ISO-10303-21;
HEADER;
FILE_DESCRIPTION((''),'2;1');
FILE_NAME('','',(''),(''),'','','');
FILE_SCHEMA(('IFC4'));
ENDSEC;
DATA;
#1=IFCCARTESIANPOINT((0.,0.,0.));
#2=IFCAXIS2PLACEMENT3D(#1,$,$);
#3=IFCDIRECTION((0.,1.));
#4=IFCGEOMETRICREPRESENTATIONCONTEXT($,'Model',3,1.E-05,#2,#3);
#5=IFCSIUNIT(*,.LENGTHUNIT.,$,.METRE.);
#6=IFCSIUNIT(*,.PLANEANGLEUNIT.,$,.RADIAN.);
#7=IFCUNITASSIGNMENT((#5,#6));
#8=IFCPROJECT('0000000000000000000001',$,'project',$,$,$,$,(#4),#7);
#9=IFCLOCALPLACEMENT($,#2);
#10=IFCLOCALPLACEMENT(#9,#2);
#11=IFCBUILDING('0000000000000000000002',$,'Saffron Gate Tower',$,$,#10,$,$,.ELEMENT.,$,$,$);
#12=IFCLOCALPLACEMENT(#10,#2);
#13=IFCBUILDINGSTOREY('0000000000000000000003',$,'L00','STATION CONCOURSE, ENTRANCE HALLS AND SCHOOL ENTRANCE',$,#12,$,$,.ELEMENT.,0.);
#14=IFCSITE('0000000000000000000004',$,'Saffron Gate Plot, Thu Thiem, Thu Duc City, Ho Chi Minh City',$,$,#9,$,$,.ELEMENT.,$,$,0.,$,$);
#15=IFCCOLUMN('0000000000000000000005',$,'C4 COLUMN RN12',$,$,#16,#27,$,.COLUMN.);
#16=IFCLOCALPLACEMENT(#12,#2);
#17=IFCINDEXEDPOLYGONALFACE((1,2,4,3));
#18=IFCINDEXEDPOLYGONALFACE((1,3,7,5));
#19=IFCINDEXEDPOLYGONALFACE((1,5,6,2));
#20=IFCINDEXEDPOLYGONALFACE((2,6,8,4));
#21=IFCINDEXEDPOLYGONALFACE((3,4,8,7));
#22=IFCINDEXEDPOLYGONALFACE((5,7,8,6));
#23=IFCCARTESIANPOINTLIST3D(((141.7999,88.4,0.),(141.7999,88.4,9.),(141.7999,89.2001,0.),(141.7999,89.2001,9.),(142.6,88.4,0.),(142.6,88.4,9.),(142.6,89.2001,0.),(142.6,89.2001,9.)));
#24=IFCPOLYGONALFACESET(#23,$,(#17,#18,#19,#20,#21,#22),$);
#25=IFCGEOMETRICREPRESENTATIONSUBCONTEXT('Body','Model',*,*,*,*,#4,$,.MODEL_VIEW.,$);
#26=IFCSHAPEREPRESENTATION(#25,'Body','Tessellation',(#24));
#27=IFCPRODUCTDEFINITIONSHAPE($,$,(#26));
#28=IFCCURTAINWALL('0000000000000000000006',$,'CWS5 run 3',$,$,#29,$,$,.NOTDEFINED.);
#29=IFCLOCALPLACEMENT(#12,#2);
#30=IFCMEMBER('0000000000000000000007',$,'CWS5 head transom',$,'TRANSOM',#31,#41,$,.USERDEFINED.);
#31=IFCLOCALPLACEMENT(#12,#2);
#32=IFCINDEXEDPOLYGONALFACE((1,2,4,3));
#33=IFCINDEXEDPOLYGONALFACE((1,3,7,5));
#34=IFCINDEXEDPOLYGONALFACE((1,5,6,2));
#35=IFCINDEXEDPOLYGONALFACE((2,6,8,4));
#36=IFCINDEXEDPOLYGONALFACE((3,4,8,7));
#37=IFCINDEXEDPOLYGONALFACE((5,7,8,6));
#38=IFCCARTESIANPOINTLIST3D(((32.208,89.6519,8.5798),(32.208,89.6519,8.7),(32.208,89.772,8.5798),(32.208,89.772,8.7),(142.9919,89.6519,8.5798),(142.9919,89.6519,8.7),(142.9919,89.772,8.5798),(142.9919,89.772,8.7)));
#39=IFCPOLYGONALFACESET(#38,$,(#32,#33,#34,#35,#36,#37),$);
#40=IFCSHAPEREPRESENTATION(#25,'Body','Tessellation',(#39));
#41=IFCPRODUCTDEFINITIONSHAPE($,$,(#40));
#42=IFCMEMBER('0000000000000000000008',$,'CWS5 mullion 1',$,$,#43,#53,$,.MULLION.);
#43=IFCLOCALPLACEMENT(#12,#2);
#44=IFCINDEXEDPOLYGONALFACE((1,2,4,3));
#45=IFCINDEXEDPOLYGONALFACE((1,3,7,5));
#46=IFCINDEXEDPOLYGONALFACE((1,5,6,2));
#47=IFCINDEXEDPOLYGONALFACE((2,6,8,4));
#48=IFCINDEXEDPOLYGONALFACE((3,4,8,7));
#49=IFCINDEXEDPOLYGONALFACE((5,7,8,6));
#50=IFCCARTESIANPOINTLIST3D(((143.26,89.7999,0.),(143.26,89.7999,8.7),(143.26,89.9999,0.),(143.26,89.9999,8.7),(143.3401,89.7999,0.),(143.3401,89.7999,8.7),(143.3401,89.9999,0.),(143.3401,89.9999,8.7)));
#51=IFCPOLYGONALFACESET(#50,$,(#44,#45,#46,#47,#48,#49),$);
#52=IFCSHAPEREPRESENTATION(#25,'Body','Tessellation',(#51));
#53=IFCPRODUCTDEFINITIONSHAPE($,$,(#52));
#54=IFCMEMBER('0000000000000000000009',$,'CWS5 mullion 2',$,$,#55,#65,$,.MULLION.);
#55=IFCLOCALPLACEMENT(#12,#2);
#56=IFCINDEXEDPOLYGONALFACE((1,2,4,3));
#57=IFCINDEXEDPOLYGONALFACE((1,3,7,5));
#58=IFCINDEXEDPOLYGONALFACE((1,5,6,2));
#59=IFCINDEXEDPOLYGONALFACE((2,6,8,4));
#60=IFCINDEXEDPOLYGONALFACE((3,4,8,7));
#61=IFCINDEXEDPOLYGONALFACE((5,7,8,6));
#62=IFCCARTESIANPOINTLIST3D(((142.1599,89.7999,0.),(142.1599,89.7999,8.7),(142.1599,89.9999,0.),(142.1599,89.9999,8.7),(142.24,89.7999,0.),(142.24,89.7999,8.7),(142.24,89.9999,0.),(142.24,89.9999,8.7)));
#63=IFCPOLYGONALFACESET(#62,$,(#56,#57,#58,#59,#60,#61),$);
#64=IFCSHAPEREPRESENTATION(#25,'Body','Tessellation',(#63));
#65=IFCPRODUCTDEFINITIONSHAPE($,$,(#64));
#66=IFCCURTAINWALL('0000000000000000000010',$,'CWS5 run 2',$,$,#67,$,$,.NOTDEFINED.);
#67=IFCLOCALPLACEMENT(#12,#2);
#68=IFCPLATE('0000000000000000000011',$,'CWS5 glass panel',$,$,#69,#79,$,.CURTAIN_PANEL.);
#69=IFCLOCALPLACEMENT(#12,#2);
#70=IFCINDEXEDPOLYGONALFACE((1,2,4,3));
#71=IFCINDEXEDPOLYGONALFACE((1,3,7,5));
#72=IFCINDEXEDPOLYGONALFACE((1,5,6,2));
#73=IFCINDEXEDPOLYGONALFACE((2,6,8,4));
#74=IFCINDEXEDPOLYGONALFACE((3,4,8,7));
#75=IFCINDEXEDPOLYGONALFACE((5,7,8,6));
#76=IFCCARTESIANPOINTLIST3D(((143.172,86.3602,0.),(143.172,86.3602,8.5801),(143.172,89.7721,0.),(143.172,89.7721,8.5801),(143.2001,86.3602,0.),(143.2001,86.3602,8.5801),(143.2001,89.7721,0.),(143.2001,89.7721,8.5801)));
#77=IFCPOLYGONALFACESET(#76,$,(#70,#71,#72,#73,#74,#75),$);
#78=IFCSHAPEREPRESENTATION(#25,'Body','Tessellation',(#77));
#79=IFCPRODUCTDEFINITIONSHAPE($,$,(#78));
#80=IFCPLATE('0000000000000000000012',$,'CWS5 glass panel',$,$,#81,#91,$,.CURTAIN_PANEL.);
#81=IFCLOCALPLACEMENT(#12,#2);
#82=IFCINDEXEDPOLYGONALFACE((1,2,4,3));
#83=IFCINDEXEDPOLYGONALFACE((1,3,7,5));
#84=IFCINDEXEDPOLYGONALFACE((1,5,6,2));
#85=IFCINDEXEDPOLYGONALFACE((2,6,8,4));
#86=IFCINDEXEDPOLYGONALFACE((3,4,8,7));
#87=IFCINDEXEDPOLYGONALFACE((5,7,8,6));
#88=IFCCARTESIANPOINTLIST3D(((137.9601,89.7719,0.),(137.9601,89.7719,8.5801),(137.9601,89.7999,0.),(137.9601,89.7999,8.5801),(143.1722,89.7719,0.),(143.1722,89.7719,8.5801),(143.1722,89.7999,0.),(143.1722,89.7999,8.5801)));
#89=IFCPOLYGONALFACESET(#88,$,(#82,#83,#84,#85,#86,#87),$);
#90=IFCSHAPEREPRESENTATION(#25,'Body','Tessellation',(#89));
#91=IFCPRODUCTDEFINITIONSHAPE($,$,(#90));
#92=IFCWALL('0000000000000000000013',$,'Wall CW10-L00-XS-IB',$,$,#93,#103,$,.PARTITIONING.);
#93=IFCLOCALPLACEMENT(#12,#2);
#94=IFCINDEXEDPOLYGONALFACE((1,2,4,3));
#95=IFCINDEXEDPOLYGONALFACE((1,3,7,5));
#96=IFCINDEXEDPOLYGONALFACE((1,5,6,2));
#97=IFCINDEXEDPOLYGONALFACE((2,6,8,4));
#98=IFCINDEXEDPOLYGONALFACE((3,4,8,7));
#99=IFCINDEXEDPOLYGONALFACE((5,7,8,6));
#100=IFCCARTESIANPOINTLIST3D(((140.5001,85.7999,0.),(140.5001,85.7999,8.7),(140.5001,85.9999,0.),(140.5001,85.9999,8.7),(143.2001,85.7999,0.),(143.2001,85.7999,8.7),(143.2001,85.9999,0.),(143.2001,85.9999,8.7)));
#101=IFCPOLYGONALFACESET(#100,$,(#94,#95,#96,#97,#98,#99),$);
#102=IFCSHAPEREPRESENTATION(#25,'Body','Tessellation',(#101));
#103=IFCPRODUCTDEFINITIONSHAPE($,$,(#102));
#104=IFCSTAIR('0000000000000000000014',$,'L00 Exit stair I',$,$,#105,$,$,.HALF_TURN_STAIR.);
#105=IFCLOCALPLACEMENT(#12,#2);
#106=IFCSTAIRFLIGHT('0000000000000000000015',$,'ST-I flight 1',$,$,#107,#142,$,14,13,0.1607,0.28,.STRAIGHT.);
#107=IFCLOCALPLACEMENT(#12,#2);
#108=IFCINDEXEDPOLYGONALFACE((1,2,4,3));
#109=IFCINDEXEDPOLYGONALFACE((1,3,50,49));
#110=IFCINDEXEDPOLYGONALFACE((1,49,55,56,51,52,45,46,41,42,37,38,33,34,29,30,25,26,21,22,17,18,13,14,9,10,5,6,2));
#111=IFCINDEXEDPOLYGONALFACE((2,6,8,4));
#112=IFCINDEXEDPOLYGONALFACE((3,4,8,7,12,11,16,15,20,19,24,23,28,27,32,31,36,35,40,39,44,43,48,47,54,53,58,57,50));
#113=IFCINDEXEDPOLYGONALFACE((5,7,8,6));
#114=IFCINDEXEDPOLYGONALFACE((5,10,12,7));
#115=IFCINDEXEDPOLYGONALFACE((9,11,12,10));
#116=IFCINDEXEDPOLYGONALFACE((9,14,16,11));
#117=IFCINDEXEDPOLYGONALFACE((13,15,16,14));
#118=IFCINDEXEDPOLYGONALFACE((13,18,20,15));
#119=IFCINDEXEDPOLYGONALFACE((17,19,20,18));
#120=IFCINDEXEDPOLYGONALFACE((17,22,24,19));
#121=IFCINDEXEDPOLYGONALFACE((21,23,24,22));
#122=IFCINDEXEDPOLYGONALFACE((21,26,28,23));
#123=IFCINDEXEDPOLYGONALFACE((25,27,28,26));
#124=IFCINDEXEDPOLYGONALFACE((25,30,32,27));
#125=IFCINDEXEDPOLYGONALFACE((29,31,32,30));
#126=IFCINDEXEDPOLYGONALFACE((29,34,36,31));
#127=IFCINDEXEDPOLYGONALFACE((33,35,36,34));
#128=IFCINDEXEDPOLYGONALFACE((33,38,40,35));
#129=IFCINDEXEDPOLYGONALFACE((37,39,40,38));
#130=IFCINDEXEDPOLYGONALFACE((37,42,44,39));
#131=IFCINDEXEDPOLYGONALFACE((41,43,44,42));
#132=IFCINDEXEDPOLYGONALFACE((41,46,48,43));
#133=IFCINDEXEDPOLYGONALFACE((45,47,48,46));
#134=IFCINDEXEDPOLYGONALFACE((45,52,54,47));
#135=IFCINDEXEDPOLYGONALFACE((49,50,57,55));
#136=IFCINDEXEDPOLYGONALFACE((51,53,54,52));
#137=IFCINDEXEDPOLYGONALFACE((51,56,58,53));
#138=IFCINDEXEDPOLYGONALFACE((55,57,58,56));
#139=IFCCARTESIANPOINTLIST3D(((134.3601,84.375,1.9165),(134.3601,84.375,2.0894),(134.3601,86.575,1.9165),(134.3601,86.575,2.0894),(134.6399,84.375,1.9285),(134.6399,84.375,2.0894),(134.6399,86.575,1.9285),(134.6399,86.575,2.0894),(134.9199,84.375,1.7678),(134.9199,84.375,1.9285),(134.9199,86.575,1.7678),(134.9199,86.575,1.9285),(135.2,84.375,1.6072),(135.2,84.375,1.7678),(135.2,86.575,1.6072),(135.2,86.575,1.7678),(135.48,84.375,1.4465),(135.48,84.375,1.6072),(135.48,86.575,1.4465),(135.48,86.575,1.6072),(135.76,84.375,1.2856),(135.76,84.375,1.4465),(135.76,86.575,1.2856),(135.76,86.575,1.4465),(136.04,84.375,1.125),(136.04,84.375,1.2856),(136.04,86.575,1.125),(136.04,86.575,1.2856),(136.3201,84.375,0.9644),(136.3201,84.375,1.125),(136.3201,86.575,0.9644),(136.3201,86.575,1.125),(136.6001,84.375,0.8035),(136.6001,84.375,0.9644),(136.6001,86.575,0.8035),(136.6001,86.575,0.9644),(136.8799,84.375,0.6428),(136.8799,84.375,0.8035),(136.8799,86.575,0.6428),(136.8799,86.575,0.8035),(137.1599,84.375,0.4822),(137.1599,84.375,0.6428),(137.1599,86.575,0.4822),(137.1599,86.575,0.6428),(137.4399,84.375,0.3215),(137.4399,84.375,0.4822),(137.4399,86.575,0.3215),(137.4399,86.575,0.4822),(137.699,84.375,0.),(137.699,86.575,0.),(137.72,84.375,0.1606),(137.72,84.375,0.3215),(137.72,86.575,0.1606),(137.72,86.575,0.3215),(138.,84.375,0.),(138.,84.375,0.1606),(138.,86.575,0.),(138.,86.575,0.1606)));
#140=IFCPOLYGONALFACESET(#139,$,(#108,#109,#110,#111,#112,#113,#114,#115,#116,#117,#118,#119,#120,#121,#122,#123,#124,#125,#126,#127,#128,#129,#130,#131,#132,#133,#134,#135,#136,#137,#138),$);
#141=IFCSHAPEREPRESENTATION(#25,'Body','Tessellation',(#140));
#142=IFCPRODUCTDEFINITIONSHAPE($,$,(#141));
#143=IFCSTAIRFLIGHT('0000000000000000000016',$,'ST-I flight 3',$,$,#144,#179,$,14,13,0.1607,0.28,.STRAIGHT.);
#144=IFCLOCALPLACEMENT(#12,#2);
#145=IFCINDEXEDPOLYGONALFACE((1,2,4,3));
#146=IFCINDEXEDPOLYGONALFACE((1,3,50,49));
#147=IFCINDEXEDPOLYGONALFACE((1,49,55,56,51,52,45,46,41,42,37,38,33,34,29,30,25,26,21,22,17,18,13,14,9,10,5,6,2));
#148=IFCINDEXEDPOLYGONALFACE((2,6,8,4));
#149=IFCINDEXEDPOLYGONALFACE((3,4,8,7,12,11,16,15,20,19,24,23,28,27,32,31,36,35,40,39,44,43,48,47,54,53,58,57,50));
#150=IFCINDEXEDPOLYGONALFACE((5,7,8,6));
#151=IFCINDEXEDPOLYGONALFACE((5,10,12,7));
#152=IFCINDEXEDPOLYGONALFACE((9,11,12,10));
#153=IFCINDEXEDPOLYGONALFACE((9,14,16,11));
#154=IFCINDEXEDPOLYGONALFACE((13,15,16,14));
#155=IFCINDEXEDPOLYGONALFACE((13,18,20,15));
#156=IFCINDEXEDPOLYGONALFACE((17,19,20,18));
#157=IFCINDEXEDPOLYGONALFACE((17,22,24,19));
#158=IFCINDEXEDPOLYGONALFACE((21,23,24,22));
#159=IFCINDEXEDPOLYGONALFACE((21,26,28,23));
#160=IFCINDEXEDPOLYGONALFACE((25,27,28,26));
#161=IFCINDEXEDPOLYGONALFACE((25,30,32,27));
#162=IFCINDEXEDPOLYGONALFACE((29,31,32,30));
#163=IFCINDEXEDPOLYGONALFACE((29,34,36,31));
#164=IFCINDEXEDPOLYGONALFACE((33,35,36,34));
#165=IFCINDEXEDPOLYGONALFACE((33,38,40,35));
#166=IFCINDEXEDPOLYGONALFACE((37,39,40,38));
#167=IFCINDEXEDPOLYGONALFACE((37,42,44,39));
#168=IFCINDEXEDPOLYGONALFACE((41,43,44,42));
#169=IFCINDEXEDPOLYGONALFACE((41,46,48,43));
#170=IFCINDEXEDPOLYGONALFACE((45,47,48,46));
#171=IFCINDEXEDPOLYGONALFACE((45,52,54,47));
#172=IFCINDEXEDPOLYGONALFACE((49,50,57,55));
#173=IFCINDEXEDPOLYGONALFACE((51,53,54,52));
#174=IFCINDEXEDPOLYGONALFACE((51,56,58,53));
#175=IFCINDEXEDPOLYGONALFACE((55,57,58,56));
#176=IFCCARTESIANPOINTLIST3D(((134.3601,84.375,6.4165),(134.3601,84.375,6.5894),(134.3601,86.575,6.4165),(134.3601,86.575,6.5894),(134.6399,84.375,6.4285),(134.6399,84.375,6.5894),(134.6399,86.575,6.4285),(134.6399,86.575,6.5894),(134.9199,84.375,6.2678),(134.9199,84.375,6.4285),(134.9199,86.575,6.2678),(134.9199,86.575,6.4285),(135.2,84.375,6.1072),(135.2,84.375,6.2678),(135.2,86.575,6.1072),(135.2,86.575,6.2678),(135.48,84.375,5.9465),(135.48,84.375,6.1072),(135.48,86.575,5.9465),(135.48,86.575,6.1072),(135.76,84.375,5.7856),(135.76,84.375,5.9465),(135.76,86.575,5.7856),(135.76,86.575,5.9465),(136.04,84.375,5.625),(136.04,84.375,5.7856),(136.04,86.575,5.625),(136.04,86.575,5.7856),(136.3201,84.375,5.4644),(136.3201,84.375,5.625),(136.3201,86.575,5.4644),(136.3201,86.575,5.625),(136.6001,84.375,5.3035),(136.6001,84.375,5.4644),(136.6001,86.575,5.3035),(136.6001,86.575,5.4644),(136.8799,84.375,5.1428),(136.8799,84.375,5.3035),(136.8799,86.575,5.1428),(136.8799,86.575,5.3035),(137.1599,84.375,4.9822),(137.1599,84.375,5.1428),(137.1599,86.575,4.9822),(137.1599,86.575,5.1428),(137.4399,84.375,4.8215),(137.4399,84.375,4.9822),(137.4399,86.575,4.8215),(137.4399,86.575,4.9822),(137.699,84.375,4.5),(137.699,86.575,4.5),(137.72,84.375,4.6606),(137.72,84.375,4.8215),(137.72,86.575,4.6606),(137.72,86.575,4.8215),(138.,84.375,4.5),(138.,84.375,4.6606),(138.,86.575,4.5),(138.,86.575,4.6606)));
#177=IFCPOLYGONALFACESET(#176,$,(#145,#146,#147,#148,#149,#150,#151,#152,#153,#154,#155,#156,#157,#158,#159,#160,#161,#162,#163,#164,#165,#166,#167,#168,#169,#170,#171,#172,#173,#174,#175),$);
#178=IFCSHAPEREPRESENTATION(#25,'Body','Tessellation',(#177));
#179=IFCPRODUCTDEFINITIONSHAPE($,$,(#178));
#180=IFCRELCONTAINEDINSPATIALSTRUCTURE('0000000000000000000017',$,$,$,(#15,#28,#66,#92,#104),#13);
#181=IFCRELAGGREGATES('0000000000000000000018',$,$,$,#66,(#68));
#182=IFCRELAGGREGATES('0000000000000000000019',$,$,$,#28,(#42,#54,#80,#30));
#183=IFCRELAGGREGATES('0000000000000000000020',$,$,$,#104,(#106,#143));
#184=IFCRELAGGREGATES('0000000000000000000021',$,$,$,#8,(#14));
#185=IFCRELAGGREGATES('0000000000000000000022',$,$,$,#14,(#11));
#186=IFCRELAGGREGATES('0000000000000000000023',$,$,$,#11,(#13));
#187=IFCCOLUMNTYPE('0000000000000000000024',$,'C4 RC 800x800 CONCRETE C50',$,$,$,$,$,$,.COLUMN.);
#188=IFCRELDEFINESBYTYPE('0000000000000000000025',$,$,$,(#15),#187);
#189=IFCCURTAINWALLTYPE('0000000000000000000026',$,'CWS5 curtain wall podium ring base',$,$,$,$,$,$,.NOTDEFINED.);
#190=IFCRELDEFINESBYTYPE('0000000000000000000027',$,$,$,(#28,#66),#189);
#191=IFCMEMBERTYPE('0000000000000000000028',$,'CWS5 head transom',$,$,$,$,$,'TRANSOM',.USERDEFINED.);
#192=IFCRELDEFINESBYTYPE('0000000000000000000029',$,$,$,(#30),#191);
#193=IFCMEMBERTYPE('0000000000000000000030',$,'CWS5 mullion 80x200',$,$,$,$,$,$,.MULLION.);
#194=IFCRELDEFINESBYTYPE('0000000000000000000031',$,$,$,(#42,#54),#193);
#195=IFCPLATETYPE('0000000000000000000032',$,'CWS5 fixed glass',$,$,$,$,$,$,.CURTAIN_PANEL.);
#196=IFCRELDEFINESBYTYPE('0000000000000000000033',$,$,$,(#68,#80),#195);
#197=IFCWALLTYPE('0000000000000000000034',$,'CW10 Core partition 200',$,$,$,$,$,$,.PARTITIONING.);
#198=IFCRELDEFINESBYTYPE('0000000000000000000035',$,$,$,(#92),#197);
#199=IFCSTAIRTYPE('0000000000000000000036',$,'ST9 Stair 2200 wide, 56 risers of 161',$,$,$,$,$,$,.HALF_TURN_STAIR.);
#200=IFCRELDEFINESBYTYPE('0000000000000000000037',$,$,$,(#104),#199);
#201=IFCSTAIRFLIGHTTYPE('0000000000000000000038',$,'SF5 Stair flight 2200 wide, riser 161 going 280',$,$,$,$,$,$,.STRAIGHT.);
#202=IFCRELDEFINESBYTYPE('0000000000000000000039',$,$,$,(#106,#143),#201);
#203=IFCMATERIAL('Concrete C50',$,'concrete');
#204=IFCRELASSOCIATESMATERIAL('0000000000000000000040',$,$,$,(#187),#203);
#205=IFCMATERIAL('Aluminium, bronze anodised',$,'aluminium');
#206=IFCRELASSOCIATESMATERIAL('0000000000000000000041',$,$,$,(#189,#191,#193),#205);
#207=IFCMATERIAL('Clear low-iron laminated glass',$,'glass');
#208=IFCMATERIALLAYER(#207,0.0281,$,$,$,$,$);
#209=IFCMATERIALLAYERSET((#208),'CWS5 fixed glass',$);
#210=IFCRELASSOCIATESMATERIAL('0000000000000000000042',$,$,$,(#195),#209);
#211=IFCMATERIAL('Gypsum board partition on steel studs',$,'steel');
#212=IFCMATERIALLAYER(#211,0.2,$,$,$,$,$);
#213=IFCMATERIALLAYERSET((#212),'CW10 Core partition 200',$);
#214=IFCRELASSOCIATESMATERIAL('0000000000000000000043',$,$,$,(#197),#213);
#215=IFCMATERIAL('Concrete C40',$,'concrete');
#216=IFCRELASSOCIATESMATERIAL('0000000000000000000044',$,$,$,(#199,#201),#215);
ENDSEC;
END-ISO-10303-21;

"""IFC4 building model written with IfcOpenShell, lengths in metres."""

from ifc_helpers import new_model, si_unit, direction, frame, frame_2d, origin, origin_2d, place, context, subcontext, project, spatial, polyline, rectangle, outline, extrude, material, layer, layer_set, material_profile, profile_set, type_object, element, aggregate, save


model = new_model("IFC4")

# Units and contexts
model_context = context("Model", 3, precision=1e-05, world=origin(), true_north=direction((0.0, 1.0)))
body_context = subcontext(model_context, "Body", "Model", "MODEL_VIEW")
ifc_project = project(units=[si_unit("LENGTHUNIT", "METRE"), si_unit("PLANEANGLEUNIT", "RADIAN")], contexts=[model_context])

# Site, building, storey
site_placement = place(None, origin())
site = spatial("IfcSite", under=ifc_project, at=site_placement, Name="Saffron Gate Plot, Thu Thiem, Thu Duc City, Ho Chi Minh City", CompositionType="ELEMENT", RefElevation=0.0)
building_placement = place(site_placement, origin())
building = spatial("IfcBuilding", under=site, at=building_placement, Name="Saffron Gate Tower", CompositionType="ELEMENT")
storey_placement = place(building_placement, origin())
storey = spatial("IfcBuildingStorey", under=building, at=storey_placement, Name="L00", Description="STATION CONCOURSE, ENTRANCE HALLS AND SCHOOL ENTRANCE", CompositionType="ELEMENT", Elevation=0.0)

# Column
ifc_material_1 = material(Name="Concrete C50", Category="concrete")
ifc_material_profile_1 = material_profile(ifc_material_1, rectangle(XDim=0.8, YDim=0.8, at=origin_2d()))
ifc_profile_set_1 = profile_set([ifc_material_profile_1], Name="Concrete C50")
column_type = type_object("IfcColumnType", Name="C4 RC 800x800 CONCRETE C50", PredefinedType="COLUMN", material=ifc_profile_set_1)
column_placement = place(storey_placement, frame((142.2, 88.8, 0.0), z_axis=(0.0, 0.0, 1.0), x_axis=(1.0, 0.0, 0.0)))
element("IfcColumn", 1, at=column_placement, inside=storey, type_object=column_type, Name="C4 COLUMN RN12", PredefinedType="COLUMN", context=body_context, shape_type="SweptSolid", body=[
    extrude(rectangle(XDim=0.8, YDim=0.8, at=origin_2d()), origin(), (0.0, 0.0, 1.0), 9.0),
])

# Curtain wall, members
ifc_material_2 = material(Name="Aluminium, bronze anodised", Category="aluminium")
curtain_wall_type = type_object("IfcCurtainWallType", Name="CWS5 curtain wall podium ring base", PredefinedType="NOTDEFINED", material=ifc_material_2)
curtain_wall_1_placement = place(storey_placement, origin())
curtain_wall_1 = element("IfcCurtainWall", 2, at=curtain_wall_1_placement, inside=storey, type_object=curtain_wall_type, Name="CWS5 run 3", PredefinedType="NOTDEFINED")
ifc_material_profile_2 = material_profile(ifc_material_2, rectangle(XDim=0.1201, YDim=0.1201, at=origin_2d()))
ifc_profile_set_2 = profile_set([ifc_material_profile_2], Name="Aluminium, bronze anodised")
member_type_1 = type_object("IfcMemberType", Name="CWS5 head transom", ElementType="TRANSOM", PredefinedType="USERDEFINED", material=ifc_profile_set_2)
member_1_placement = place(storey_placement, frame((142.9919, 89.7119, 8.6399), z_axis=(-1.0, 0.0, 0.0), x_axis=(0.0, -1.0, 0.0)))
member_1 = element("IfcMember", 3, at=member_1_placement, type_object=member_type_1, Name="CWS5 head transom", ObjectType="TRANSOM", PredefinedType="USERDEFINED", context=body_context, shape_type="SweptSolid", body=[
    extrude(rectangle(XDim=0.1201, YDim=0.1201, at=origin_2d()), origin(), (0.0, 0.0, 1.0), 110.7839),
])
ifc_material_profile_3 = material_profile(ifc_material_2, rectangle(XDim=0.2, YDim=0.0801, at=origin_2d()))
ifc_profile_set_3 = profile_set([ifc_material_profile_3], Name="Aluminium, bronze anodised")
member_type_2 = type_object("IfcMemberType", Name="CWS5 mullion 80x200", PredefinedType="MULLION", material=ifc_profile_set_3)
member_2_placement = place(storey_placement, frame((143.3, 89.8999, 0.0), z_axis=(0.0, 0.0, 1.0), x_axis=(0.0, -1.0, 0.0)))
member_2 = element("IfcMember", 4, at=member_2_placement, type_object=member_type_2, Name="CWS5 mullion 1", PredefinedType="MULLION", context=body_context, shape_type="SweptSolid", body=[
    extrude(rectangle(XDim=0.2, YDim=0.0801, at=origin_2d()), origin(), (0.0, 0.0, 1.0), 8.7),
])
member_3_placement = place(storey_placement, frame((142.2, 89.8999, 0.0), z_axis=(0.0, 0.0, 1.0), x_axis=(0.0, -1.0, 0.0)))
member_3 = element("IfcMember", 5, at=member_3_placement, type_object=member_type_2, Name="CWS5 mullion 2", PredefinedType="MULLION", context=body_context, shape_type="SweptSolid", body=[
    extrude(rectangle(XDim=0.2, YDim=0.0801, at=origin_2d()), origin(), (0.0, 0.0, 1.0), 8.7),
])

# Curtain wall, plate
curtain_wall_2_placement = place(storey_placement, origin())
curtain_wall_2 = element("IfcCurtainWall", 6, at=curtain_wall_2_placement, inside=storey, type_object=curtain_wall_type, Name="CWS5 run 2", PredefinedType="NOTDEFINED")
ifc_material_3 = material(Name="Clear low-iron laminated glass", Category="glass")
ifc_layer_1 = layer(ifc_material_3, 0.0281)
ifc_layer_set_1 = layer_set([ifc_layer_1], Name="CWS5 fixed glass")
plate_type = type_object("IfcPlateType", Name="CWS5 fixed glass", PredefinedType="CURTAIN_PANEL", material=ifc_layer_set_1)
plate_1_placement = place(storey_placement, frame((143.186, 86.3601, 0.0), z_axis=(0.0, 0.0, 1.0), x_axis=(0.0, 1.0, 0.0)))
plate_1 = element("IfcPlate", 7, at=plate_1_placement, type_object=plate_type, Name="CWS5 glass panel", PredefinedType="CURTAIN_PANEL", context=body_context, shape_type="SweptSolid", body=[
    extrude(rectangle(XDim=3.4119, YDim=0.0281, at=frame_2d((1.7061, 0.0))), origin(), (0.0, 0.0, 1.0), 8.5801),
])
aggregate(curtain_wall_2, [plate_1])

# Plate
plate_2_placement = place(storey_placement, frame((143.1721, 89.7859, 0.0), z_axis=(0.0, 0.0, 1.0), x_axis=(-1.0, 0.0, 0.0)))
plate_2 = element("IfcPlate", 8, at=plate_2_placement, type_object=plate_type, Name="CWS5 glass panel", PredefinedType="CURTAIN_PANEL", context=body_context, shape_type="SweptSolid", body=[
    extrude(rectangle(XDim=5.2122, YDim=0.0281, at=frame_2d((2.606, 0.0))), origin(), (0.0, 0.0, 1.0), 8.5801),
])
aggregate(curtain_wall_1, [member_2, member_3, plate_2, member_1])

# Wall
ifc_material_4 = material(Name="Gypsum board partition on steel studs", Category="steel")
ifc_layer_2 = layer(ifc_material_4, 0.2)
ifc_layer_set_2 = layer_set([ifc_layer_2], Name="CW10 Core partition 200")
wall_type_1 = type_object("IfcWallType", Name="CW10 Core partition 200", PredefinedType="PARTITIONING", material=ifc_layer_set_2)
wall_1_placement = place(storey_placement, frame((140.5, 85.8999, 0.0), z_axis=(0.0, 0.0, 1.0), x_axis=(1.0, 0.0, 0.0)))
element("IfcWall", 9, at=wall_1_placement, inside=storey, type_object=wall_type_1, Name="Wall CW10-L00-XS-IB", PredefinedType="PARTITIONING", context=body_context, shape_type="SweptSolid", body=[
    extrude(rectangle(XDim=2.7, YDim=0.2, at=frame_2d((1.3501, 0.0))), origin(), (0.0, 0.0, 1.0), 8.7),
])

# Stair, stair flights
ifc_material_5 = material(Name="Concrete C40", Category="concrete")
stair_type = type_object("IfcStairType", Name="ST9 Stair 2200 wide, 56 risers of 161", PredefinedType="HALF_TURN_STAIR", material=ifc_material_5)
stair_placement = place(storey_placement, origin())
stair = element("IfcStair", 10, at=stair_placement, inside=storey, type_object=stair_type, Name="L00 Exit stair I", PredefinedType="HALF_TURN_STAIR")
stair_flight_type = type_object("IfcStairFlightType", Name="SF5 Stair flight 2200 wide, riser 161 going 280", PredefinedType="STRAIGHT", material=ifc_material_5)
stair_flight_1_placement = place(storey_placement, frame((138.0, 85.4751, 0.0), z_axis=(0.0, 0.0, 1.0), x_axis=(-1.0, 0.0, 0.0)))
stair_flight_1 = element("IfcStairFlight", 11, at=stair_flight_1_placement, type_object=stair_flight_type, Name="ST-I flight 1", NumberOfRisers=14, NumberOfTreads=13, PredefinedType="STRAIGHT", RiserHeight=0.1607, TreadLength=0.28, context=body_context, shape_type="SweptSolid", body=[
    extrude(outline(polyline([(0.0, 0.0), (0.0, 0.1606), (0.28, 0.1606), (0.28, 0.3215), (0.5601, 0.3215), (0.5601, 0.4822), (0.8401, 0.4822), (0.8401, 0.6428), (1.1201, 0.6428), (1.1201, 0.8035), (1.3999, 0.8035), (1.3999, 0.9644), (1.6799, 0.9644), (1.6799, 1.125), (1.96, 1.125), (1.96, 1.2856), (2.24, 1.2856), (2.24, 1.4465), (2.52, 1.4465), (2.52, 1.6072), (2.8, 1.6072), (2.8, 1.7678), (3.0801, 1.7678), (3.0801, 1.9285), (3.3601, 1.9285), (3.3601, 2.0894), (3.6399, 2.0894), (3.6399, 2.25), (3.6399, 1.9165), (0.301, 0.0), (0.0, 0.0)])), frame((0.0, 1.1001, 0.0), z_axis=(0.0, -1.0, 0.0), x_axis=(1.0, 0.0, 0.0)), (0.0, 0.0, 1.0), 2.2),
])
stair_flight_2_placement = place(storey_placement, frame((138.0, 85.4751, 4.5), z_axis=(0.0, 0.0, 1.0), x_axis=(-1.0, 0.0, 0.0)))
stair_flight_2 = element("IfcStairFlight", 12, at=stair_flight_2_placement, type_object=stair_flight_type, Name="ST-I flight 3", NumberOfRisers=14, NumberOfTreads=13, PredefinedType="STRAIGHT", RiserHeight=0.1607, TreadLength=0.28, context=body_context, shape_type="SweptSolid", body=[
    extrude(outline(polyline([(0.0, 0.0), (0.0, 0.1606), (0.28, 0.1606), (0.28, 0.3215), (0.5601, 0.3215), (0.5601, 0.4822), (0.8401, 0.4822), (0.8401, 0.6428), (1.1201, 0.6428), (1.1201, 0.8035), (1.3999, 0.8035), (1.3999, 0.9644), (1.6799, 0.9644), (1.6799, 1.125), (1.96, 1.125), (1.96, 1.2856), (2.24, 1.2856), (2.24, 1.4465), (2.52, 1.4465), (2.52, 1.6072), (2.8, 1.6072), (2.8, 1.7678), (3.0801, 1.7678), (3.0801, 1.9285), (3.3601, 1.9285), (3.3601, 2.0894), (3.6399, 2.0894), (3.6399, 2.25), (3.6399, 1.9165), (0.301, 0.0), (0.0, 0.0)])), frame((0.0, 1.1001, 0.0), z_axis=(0.0, -1.0, 0.0), x_axis=(1.0, 0.0, 0.0)), (0.0, 0.0, 1.0), 2.2),
])
aggregate(stair, [stair_flight_1, stair_flight_2])

save(model, "model.ifc")
